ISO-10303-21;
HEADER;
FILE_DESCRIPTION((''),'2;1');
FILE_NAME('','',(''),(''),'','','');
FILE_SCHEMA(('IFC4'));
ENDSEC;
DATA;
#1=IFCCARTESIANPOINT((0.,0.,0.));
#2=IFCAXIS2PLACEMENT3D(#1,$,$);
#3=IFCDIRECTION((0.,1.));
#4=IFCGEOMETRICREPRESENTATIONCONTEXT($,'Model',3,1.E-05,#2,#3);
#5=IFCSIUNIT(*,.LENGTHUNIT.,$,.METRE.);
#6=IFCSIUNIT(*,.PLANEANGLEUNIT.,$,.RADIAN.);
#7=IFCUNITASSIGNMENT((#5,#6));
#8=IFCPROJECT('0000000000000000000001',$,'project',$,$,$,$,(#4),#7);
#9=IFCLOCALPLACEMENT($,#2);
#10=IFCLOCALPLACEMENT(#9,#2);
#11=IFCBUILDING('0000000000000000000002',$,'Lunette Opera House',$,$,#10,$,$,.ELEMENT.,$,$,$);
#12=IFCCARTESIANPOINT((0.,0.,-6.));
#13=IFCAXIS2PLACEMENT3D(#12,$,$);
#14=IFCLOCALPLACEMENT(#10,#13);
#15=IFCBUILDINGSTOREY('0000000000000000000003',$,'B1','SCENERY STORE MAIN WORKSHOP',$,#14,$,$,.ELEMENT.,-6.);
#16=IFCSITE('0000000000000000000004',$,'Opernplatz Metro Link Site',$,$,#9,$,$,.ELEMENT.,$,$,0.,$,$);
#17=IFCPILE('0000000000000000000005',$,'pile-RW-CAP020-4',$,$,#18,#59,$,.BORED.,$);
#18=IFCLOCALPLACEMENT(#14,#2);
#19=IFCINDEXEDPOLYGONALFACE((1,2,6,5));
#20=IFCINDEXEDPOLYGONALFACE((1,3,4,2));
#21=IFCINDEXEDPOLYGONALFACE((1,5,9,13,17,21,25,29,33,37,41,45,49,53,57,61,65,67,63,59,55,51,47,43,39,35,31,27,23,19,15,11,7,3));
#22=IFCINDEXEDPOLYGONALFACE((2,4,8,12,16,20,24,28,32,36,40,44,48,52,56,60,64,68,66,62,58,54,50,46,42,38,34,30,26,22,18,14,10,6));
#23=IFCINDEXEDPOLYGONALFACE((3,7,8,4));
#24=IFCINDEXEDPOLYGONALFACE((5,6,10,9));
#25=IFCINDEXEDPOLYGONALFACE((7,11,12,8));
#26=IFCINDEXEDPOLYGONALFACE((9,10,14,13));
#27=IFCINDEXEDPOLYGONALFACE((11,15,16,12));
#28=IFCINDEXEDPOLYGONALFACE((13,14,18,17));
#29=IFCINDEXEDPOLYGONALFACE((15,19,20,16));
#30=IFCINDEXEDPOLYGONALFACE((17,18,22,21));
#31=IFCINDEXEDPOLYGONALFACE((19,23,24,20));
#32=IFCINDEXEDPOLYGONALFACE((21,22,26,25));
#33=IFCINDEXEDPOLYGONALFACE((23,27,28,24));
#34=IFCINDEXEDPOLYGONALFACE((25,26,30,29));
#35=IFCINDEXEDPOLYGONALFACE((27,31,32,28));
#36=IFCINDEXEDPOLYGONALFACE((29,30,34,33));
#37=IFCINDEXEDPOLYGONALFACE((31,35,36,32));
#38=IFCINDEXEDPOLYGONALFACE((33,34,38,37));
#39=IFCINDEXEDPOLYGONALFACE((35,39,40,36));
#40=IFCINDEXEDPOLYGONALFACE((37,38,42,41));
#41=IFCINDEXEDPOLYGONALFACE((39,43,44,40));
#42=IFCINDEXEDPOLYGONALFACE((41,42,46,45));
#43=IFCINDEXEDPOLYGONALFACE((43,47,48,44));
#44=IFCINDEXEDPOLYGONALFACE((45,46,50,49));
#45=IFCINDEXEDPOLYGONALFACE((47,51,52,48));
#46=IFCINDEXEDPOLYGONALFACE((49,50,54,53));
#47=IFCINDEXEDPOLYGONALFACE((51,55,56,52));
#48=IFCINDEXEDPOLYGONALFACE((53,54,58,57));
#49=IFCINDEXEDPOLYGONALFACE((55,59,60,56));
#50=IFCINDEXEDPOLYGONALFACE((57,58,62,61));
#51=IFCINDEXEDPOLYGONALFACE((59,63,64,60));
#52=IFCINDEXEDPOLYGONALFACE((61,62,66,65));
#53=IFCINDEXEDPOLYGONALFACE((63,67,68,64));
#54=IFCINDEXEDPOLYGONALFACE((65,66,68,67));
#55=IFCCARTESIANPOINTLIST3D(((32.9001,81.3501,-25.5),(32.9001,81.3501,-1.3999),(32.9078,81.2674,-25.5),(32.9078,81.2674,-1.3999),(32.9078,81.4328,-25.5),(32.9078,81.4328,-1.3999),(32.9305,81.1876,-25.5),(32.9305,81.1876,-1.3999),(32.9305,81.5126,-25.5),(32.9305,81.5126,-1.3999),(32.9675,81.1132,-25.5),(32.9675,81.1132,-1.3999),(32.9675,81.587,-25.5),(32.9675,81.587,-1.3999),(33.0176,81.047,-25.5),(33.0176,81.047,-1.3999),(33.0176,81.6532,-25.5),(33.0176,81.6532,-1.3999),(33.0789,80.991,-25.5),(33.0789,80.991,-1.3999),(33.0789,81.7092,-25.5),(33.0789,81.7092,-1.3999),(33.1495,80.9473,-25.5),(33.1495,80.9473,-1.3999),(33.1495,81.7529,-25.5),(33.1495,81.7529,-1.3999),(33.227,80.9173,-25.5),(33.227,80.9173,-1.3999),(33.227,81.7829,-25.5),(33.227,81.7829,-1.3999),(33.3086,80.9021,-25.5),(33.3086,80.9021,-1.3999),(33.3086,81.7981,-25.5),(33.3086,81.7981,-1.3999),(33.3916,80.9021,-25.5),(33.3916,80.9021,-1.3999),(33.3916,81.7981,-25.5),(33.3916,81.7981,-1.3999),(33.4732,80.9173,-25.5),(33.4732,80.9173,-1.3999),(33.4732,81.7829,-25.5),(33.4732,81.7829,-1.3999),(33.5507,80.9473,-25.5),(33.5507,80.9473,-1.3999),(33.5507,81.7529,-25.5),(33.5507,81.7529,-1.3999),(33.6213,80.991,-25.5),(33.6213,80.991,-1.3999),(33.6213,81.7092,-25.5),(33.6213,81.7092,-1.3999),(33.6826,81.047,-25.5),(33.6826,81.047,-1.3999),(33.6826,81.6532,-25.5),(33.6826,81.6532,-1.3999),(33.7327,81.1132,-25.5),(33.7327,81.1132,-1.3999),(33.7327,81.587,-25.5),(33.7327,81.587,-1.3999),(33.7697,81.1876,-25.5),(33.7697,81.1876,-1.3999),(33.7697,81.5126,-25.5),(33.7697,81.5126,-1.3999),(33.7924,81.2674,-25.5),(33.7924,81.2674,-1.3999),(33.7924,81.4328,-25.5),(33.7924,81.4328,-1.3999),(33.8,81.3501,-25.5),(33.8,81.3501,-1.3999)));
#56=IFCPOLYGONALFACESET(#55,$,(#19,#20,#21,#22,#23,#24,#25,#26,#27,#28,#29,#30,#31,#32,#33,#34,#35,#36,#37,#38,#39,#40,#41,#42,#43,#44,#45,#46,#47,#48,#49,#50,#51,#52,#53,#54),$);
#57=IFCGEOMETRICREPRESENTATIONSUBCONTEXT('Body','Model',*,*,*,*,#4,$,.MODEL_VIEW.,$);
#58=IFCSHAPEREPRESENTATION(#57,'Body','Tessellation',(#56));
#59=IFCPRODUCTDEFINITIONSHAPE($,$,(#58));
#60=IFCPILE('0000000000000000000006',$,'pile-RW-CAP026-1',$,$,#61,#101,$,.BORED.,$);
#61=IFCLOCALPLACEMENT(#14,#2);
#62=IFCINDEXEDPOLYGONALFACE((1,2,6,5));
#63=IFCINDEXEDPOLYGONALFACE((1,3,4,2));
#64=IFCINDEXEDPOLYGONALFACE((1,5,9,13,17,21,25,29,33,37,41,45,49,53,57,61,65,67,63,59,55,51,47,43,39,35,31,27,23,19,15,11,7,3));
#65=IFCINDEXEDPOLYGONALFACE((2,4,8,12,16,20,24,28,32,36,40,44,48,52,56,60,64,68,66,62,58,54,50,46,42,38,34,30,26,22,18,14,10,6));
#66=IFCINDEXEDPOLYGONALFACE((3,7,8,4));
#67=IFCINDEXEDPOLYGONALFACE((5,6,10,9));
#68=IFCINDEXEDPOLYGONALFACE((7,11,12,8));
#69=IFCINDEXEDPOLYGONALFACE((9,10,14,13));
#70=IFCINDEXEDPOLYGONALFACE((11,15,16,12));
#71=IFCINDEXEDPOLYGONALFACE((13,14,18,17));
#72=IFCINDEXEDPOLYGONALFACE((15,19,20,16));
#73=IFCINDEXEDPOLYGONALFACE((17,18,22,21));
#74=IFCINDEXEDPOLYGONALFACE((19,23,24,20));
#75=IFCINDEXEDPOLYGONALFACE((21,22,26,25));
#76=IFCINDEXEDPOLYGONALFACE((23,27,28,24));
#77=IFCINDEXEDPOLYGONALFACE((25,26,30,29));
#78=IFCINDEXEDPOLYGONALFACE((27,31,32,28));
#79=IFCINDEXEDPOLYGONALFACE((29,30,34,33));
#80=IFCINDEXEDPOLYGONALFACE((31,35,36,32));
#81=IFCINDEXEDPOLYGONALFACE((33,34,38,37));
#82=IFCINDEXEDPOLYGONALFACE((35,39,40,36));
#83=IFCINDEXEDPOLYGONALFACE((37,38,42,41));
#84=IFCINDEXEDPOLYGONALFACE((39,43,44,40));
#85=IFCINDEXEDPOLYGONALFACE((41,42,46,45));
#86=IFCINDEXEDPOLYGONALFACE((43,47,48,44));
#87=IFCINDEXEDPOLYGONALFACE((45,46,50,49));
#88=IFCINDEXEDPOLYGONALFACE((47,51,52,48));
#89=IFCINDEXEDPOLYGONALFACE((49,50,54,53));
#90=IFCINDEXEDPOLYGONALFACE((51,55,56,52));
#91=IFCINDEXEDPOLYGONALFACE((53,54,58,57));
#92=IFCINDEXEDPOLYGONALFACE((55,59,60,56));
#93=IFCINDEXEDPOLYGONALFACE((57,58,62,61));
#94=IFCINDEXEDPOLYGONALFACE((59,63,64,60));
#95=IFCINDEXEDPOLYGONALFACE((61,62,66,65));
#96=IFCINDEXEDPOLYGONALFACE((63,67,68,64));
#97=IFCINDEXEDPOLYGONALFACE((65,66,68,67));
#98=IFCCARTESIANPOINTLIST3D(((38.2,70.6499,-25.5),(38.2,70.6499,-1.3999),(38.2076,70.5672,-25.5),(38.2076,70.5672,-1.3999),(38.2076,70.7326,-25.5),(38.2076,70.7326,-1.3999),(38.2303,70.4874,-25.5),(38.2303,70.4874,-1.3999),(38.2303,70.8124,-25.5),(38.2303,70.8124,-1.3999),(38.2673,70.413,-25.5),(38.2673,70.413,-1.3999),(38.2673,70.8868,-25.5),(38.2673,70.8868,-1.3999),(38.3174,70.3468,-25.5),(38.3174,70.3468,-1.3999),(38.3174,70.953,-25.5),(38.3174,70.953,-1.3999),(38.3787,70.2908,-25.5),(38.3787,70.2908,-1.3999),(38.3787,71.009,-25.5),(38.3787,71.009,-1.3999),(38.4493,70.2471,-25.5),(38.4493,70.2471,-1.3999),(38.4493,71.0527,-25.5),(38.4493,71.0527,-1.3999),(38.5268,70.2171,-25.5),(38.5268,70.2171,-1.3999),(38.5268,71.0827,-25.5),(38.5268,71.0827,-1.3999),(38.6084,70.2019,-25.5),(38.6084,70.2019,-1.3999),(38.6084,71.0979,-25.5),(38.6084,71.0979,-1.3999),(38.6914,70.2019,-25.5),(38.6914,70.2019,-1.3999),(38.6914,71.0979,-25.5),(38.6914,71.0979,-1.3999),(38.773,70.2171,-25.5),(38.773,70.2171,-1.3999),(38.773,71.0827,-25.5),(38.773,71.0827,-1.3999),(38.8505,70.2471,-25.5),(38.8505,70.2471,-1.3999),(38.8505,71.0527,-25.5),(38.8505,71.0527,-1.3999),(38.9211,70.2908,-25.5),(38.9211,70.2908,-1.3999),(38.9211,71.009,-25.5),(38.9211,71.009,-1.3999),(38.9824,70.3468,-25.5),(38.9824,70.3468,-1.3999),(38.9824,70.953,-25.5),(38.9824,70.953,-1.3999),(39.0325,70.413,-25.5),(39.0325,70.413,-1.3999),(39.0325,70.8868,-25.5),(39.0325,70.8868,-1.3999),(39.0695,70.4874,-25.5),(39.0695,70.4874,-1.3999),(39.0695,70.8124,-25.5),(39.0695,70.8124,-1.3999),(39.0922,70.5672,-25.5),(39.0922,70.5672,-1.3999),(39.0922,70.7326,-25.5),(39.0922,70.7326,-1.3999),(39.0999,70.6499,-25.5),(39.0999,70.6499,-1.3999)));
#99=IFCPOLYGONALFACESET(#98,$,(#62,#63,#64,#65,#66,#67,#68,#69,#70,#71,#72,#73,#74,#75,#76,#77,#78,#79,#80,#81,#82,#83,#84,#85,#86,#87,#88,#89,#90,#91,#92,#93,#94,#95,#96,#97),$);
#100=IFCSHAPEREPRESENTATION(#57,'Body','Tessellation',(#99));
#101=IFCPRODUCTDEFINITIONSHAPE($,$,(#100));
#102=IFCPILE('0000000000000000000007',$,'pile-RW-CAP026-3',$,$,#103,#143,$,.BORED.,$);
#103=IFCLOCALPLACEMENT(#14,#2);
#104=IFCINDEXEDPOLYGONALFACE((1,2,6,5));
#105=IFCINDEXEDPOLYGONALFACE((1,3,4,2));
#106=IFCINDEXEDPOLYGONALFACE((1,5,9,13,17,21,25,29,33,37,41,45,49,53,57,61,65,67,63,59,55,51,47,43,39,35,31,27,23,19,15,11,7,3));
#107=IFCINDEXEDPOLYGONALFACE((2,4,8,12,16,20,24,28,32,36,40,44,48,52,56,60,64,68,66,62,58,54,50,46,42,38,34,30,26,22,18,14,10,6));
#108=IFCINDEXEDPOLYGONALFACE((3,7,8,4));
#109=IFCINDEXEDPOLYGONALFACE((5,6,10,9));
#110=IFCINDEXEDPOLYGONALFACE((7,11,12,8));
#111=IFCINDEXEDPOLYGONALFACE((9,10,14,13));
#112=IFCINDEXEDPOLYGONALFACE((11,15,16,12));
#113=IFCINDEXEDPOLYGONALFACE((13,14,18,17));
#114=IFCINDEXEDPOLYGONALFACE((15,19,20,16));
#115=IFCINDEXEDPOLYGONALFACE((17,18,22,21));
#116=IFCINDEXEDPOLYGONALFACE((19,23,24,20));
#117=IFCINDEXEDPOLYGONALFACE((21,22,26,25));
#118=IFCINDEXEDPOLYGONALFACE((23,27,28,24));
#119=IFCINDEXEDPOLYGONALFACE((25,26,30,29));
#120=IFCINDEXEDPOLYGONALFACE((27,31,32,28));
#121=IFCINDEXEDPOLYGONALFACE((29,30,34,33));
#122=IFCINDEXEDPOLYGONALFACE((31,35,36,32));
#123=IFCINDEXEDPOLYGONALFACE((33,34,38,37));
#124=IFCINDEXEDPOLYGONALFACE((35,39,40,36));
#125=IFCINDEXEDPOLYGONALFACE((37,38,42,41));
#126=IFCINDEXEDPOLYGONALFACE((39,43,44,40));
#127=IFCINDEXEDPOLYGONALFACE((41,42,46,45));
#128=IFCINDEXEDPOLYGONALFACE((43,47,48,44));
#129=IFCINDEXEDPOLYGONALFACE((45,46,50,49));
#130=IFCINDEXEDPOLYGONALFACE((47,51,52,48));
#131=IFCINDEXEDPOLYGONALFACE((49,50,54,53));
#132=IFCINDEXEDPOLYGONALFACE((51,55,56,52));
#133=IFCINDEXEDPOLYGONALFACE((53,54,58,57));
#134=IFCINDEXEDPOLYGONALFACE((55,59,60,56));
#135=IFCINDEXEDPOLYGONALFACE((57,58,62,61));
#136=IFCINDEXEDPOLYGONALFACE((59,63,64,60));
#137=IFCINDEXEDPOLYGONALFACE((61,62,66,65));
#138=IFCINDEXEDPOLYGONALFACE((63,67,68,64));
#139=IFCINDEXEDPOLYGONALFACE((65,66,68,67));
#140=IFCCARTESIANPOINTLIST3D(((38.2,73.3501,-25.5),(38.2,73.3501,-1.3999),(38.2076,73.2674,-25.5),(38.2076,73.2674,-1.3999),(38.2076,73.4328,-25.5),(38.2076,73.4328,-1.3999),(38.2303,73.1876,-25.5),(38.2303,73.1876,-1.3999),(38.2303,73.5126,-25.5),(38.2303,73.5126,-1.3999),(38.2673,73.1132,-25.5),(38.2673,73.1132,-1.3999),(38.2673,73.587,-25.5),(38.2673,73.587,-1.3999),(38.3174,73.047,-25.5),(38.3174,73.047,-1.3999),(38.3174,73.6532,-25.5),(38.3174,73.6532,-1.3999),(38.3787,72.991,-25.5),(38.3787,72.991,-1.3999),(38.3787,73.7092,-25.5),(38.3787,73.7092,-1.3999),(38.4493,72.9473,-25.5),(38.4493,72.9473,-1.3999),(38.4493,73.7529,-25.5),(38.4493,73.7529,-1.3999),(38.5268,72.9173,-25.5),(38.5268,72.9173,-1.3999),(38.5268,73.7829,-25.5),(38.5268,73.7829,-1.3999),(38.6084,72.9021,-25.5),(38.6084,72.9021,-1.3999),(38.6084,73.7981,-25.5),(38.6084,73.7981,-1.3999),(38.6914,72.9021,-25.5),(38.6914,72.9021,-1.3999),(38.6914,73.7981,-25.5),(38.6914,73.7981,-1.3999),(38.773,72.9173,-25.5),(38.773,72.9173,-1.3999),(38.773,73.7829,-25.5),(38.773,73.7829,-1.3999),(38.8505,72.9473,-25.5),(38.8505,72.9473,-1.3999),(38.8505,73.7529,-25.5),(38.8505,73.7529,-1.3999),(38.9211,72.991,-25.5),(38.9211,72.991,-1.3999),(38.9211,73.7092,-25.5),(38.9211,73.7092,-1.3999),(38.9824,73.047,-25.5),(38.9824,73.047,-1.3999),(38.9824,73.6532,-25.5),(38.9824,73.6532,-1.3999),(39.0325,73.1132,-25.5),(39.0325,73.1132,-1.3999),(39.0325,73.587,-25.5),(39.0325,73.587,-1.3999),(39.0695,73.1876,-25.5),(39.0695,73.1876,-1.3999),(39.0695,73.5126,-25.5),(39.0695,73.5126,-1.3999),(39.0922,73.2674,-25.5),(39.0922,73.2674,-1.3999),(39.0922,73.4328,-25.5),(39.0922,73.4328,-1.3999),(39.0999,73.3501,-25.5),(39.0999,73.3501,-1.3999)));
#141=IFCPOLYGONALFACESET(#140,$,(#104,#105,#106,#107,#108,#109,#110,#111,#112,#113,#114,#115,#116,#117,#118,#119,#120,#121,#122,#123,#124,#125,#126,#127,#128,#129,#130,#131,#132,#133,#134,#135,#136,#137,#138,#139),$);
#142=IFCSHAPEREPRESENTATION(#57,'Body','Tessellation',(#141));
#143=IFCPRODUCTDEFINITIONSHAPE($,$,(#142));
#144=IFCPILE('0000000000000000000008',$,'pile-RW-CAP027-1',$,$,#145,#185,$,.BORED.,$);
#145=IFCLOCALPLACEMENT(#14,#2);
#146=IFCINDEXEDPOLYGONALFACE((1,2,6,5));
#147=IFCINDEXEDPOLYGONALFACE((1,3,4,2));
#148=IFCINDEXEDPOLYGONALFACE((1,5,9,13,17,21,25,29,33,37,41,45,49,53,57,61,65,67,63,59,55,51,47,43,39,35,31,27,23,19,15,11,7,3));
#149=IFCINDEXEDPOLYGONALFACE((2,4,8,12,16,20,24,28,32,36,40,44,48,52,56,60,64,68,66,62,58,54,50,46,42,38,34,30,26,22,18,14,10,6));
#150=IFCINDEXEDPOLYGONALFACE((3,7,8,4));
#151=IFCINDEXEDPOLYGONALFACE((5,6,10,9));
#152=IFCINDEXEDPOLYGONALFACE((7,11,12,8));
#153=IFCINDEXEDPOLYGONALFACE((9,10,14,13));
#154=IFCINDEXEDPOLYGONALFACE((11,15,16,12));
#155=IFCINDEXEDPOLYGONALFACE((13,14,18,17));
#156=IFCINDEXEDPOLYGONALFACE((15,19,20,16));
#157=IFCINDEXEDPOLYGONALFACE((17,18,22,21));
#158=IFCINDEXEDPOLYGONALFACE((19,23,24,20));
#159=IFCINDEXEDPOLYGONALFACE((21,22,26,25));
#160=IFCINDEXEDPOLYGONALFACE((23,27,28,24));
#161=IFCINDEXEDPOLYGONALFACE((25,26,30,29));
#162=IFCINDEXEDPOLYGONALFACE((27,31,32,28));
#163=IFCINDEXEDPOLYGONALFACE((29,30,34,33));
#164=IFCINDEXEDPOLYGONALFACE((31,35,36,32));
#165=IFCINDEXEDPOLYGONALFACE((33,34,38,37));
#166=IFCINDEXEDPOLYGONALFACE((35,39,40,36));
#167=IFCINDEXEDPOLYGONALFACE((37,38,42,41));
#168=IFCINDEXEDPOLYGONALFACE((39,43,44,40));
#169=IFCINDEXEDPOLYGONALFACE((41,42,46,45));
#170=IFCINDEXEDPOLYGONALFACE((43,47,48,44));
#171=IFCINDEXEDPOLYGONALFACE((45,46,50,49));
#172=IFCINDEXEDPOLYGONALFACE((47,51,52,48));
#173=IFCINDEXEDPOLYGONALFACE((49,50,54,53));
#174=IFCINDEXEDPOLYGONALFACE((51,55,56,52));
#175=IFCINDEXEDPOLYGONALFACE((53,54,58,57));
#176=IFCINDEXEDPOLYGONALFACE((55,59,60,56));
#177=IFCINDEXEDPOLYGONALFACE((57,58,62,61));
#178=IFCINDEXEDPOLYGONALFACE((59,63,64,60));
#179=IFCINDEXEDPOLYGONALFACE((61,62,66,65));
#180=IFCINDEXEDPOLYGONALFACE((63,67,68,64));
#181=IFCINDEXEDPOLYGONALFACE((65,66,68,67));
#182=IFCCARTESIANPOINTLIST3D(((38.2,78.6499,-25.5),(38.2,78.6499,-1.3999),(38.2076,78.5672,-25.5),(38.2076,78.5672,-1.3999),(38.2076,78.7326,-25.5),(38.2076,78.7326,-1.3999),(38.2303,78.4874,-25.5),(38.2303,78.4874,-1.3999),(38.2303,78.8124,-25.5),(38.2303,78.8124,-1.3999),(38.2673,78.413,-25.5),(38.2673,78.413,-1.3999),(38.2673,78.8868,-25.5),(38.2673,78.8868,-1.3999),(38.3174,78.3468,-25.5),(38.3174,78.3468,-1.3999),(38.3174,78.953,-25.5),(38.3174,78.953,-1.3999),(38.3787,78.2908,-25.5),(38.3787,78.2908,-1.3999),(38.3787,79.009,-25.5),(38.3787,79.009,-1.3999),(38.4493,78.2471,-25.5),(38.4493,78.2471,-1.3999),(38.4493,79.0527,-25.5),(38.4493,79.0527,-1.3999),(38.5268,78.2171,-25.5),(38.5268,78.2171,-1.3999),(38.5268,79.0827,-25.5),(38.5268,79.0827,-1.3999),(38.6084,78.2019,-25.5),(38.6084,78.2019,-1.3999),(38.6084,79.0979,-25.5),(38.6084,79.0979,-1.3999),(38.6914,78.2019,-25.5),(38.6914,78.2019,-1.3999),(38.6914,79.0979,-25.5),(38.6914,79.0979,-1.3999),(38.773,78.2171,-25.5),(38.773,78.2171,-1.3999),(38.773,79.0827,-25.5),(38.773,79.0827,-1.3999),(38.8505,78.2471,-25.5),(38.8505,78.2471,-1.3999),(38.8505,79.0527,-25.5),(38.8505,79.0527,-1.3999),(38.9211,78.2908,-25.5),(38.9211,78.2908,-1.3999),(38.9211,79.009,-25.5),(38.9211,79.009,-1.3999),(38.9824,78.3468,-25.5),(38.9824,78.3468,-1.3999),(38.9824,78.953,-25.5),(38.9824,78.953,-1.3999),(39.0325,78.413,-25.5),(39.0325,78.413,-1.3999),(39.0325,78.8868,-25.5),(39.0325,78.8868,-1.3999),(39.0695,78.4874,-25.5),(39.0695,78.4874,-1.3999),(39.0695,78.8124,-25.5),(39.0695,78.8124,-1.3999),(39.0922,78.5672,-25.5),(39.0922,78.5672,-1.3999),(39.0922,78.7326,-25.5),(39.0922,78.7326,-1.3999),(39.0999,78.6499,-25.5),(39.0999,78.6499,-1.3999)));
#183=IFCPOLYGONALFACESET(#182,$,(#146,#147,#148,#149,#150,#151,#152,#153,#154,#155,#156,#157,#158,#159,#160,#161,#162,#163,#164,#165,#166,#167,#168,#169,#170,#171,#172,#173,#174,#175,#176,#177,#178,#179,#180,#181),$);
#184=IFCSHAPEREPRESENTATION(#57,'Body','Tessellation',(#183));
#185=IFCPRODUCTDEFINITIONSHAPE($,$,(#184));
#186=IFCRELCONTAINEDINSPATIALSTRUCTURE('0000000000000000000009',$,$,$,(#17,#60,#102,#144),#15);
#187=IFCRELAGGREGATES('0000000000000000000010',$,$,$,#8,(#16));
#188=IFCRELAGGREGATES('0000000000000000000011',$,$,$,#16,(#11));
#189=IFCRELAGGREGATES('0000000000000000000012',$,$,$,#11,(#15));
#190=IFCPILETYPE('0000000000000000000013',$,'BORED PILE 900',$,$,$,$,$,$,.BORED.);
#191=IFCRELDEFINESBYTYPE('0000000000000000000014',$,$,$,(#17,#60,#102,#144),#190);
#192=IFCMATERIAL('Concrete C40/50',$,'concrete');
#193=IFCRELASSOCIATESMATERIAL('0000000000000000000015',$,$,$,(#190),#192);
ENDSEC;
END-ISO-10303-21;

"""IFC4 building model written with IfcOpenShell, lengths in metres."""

from ifc_helpers import new_model, si_unit, direction, frame, origin, origin_2d, place, context, subcontext, project, spatial, circle, extrude, material, material_profile, profile_set, type_object, element, save


model = new_model("IFC4")

# Units and contexts
model_context = context("Model", 3, precision=1e-05, world=origin(), true_north=direction((0.0, 1.0)))
body_context = subcontext(model_context, "Body", "Model", "MODEL_VIEW")
ifc_project = project(units=[si_unit("LENGTHUNIT", "METRE"), si_unit("PLANEANGLEUNIT", "RADIAN")], contexts=[model_context])

# Site, building, storey
site_placement = place(None, origin())
site = spatial("IfcSite", under=ifc_project, at=site_placement, Name="Opernplatz Metro Link Site", CompositionType="ELEMENT", RefElevation=0.0)
building_placement = place(site_placement, origin())
building = spatial("IfcBuilding", under=site, at=building_placement, Name="Lunette Opera House", CompositionType="ELEMENT")
storey_placement = place(building_placement, frame((0.0, 0.0, -6.0)))
storey = spatial("IfcBuildingStorey", under=building, at=storey_placement, Name="B1", Description="SCENERY STORE MAIN WORKSHOP", CompositionType="ELEMENT", Elevation=-6.0)

# Piles
ifc_material_1 = material(Name="Concrete C40/50", Category="concrete")
ifc_material_profile_1 = material_profile(ifc_material_1, circle(Radius=0.45, at=origin_2d()), Name="BORED PILE 900")
ifc_profile_set_1 = profile_set([ifc_material_profile_1], Name="Concrete C40/50")
pile_type = type_object("IfcPileType", Name="BORED PILE 900", PredefinedType="BORED", material=ifc_profile_set_1)
for number, where, z_axis, x_axis, name in (
    (1, (33.3501, 81.3501, -1.3999), (0.0, 0.0, -1.0), (1.0, 0.0, 0.0), "pile-RW-CAP020-4"),
    (2, (38.6499, 70.6499, -1.3999), (0.0, 0.0, -1.0), (1.0, 0.0, 0.0), "pile-RW-CAP026-1"),
    (3, (38.6499, 73.3501, -1.3999), (0.0, 0.0, -1.0), (1.0, 0.0, 0.0), "pile-RW-CAP026-3"),
    (4, (38.6499, 78.6499, -1.3999), (0.0, 0.0, -1.0), (1.0, 0.0, 0.0), "pile-RW-CAP027-1"),
):
    element("IfcPile", number, at=place(storey_placement, frame(where, z_axis=z_axis, x_axis=x_axis)), inside=storey, type_object=pile_type, Name=name, PredefinedType="BORED", context=body_context, shape_type="SweptSolid", body=[
        extrude(circle(Radius=0.45, at=origin_2d()), origin(), (0.0, 0.0, 1.0), 24.1001),
    ])

save(model, "model.ifc")
